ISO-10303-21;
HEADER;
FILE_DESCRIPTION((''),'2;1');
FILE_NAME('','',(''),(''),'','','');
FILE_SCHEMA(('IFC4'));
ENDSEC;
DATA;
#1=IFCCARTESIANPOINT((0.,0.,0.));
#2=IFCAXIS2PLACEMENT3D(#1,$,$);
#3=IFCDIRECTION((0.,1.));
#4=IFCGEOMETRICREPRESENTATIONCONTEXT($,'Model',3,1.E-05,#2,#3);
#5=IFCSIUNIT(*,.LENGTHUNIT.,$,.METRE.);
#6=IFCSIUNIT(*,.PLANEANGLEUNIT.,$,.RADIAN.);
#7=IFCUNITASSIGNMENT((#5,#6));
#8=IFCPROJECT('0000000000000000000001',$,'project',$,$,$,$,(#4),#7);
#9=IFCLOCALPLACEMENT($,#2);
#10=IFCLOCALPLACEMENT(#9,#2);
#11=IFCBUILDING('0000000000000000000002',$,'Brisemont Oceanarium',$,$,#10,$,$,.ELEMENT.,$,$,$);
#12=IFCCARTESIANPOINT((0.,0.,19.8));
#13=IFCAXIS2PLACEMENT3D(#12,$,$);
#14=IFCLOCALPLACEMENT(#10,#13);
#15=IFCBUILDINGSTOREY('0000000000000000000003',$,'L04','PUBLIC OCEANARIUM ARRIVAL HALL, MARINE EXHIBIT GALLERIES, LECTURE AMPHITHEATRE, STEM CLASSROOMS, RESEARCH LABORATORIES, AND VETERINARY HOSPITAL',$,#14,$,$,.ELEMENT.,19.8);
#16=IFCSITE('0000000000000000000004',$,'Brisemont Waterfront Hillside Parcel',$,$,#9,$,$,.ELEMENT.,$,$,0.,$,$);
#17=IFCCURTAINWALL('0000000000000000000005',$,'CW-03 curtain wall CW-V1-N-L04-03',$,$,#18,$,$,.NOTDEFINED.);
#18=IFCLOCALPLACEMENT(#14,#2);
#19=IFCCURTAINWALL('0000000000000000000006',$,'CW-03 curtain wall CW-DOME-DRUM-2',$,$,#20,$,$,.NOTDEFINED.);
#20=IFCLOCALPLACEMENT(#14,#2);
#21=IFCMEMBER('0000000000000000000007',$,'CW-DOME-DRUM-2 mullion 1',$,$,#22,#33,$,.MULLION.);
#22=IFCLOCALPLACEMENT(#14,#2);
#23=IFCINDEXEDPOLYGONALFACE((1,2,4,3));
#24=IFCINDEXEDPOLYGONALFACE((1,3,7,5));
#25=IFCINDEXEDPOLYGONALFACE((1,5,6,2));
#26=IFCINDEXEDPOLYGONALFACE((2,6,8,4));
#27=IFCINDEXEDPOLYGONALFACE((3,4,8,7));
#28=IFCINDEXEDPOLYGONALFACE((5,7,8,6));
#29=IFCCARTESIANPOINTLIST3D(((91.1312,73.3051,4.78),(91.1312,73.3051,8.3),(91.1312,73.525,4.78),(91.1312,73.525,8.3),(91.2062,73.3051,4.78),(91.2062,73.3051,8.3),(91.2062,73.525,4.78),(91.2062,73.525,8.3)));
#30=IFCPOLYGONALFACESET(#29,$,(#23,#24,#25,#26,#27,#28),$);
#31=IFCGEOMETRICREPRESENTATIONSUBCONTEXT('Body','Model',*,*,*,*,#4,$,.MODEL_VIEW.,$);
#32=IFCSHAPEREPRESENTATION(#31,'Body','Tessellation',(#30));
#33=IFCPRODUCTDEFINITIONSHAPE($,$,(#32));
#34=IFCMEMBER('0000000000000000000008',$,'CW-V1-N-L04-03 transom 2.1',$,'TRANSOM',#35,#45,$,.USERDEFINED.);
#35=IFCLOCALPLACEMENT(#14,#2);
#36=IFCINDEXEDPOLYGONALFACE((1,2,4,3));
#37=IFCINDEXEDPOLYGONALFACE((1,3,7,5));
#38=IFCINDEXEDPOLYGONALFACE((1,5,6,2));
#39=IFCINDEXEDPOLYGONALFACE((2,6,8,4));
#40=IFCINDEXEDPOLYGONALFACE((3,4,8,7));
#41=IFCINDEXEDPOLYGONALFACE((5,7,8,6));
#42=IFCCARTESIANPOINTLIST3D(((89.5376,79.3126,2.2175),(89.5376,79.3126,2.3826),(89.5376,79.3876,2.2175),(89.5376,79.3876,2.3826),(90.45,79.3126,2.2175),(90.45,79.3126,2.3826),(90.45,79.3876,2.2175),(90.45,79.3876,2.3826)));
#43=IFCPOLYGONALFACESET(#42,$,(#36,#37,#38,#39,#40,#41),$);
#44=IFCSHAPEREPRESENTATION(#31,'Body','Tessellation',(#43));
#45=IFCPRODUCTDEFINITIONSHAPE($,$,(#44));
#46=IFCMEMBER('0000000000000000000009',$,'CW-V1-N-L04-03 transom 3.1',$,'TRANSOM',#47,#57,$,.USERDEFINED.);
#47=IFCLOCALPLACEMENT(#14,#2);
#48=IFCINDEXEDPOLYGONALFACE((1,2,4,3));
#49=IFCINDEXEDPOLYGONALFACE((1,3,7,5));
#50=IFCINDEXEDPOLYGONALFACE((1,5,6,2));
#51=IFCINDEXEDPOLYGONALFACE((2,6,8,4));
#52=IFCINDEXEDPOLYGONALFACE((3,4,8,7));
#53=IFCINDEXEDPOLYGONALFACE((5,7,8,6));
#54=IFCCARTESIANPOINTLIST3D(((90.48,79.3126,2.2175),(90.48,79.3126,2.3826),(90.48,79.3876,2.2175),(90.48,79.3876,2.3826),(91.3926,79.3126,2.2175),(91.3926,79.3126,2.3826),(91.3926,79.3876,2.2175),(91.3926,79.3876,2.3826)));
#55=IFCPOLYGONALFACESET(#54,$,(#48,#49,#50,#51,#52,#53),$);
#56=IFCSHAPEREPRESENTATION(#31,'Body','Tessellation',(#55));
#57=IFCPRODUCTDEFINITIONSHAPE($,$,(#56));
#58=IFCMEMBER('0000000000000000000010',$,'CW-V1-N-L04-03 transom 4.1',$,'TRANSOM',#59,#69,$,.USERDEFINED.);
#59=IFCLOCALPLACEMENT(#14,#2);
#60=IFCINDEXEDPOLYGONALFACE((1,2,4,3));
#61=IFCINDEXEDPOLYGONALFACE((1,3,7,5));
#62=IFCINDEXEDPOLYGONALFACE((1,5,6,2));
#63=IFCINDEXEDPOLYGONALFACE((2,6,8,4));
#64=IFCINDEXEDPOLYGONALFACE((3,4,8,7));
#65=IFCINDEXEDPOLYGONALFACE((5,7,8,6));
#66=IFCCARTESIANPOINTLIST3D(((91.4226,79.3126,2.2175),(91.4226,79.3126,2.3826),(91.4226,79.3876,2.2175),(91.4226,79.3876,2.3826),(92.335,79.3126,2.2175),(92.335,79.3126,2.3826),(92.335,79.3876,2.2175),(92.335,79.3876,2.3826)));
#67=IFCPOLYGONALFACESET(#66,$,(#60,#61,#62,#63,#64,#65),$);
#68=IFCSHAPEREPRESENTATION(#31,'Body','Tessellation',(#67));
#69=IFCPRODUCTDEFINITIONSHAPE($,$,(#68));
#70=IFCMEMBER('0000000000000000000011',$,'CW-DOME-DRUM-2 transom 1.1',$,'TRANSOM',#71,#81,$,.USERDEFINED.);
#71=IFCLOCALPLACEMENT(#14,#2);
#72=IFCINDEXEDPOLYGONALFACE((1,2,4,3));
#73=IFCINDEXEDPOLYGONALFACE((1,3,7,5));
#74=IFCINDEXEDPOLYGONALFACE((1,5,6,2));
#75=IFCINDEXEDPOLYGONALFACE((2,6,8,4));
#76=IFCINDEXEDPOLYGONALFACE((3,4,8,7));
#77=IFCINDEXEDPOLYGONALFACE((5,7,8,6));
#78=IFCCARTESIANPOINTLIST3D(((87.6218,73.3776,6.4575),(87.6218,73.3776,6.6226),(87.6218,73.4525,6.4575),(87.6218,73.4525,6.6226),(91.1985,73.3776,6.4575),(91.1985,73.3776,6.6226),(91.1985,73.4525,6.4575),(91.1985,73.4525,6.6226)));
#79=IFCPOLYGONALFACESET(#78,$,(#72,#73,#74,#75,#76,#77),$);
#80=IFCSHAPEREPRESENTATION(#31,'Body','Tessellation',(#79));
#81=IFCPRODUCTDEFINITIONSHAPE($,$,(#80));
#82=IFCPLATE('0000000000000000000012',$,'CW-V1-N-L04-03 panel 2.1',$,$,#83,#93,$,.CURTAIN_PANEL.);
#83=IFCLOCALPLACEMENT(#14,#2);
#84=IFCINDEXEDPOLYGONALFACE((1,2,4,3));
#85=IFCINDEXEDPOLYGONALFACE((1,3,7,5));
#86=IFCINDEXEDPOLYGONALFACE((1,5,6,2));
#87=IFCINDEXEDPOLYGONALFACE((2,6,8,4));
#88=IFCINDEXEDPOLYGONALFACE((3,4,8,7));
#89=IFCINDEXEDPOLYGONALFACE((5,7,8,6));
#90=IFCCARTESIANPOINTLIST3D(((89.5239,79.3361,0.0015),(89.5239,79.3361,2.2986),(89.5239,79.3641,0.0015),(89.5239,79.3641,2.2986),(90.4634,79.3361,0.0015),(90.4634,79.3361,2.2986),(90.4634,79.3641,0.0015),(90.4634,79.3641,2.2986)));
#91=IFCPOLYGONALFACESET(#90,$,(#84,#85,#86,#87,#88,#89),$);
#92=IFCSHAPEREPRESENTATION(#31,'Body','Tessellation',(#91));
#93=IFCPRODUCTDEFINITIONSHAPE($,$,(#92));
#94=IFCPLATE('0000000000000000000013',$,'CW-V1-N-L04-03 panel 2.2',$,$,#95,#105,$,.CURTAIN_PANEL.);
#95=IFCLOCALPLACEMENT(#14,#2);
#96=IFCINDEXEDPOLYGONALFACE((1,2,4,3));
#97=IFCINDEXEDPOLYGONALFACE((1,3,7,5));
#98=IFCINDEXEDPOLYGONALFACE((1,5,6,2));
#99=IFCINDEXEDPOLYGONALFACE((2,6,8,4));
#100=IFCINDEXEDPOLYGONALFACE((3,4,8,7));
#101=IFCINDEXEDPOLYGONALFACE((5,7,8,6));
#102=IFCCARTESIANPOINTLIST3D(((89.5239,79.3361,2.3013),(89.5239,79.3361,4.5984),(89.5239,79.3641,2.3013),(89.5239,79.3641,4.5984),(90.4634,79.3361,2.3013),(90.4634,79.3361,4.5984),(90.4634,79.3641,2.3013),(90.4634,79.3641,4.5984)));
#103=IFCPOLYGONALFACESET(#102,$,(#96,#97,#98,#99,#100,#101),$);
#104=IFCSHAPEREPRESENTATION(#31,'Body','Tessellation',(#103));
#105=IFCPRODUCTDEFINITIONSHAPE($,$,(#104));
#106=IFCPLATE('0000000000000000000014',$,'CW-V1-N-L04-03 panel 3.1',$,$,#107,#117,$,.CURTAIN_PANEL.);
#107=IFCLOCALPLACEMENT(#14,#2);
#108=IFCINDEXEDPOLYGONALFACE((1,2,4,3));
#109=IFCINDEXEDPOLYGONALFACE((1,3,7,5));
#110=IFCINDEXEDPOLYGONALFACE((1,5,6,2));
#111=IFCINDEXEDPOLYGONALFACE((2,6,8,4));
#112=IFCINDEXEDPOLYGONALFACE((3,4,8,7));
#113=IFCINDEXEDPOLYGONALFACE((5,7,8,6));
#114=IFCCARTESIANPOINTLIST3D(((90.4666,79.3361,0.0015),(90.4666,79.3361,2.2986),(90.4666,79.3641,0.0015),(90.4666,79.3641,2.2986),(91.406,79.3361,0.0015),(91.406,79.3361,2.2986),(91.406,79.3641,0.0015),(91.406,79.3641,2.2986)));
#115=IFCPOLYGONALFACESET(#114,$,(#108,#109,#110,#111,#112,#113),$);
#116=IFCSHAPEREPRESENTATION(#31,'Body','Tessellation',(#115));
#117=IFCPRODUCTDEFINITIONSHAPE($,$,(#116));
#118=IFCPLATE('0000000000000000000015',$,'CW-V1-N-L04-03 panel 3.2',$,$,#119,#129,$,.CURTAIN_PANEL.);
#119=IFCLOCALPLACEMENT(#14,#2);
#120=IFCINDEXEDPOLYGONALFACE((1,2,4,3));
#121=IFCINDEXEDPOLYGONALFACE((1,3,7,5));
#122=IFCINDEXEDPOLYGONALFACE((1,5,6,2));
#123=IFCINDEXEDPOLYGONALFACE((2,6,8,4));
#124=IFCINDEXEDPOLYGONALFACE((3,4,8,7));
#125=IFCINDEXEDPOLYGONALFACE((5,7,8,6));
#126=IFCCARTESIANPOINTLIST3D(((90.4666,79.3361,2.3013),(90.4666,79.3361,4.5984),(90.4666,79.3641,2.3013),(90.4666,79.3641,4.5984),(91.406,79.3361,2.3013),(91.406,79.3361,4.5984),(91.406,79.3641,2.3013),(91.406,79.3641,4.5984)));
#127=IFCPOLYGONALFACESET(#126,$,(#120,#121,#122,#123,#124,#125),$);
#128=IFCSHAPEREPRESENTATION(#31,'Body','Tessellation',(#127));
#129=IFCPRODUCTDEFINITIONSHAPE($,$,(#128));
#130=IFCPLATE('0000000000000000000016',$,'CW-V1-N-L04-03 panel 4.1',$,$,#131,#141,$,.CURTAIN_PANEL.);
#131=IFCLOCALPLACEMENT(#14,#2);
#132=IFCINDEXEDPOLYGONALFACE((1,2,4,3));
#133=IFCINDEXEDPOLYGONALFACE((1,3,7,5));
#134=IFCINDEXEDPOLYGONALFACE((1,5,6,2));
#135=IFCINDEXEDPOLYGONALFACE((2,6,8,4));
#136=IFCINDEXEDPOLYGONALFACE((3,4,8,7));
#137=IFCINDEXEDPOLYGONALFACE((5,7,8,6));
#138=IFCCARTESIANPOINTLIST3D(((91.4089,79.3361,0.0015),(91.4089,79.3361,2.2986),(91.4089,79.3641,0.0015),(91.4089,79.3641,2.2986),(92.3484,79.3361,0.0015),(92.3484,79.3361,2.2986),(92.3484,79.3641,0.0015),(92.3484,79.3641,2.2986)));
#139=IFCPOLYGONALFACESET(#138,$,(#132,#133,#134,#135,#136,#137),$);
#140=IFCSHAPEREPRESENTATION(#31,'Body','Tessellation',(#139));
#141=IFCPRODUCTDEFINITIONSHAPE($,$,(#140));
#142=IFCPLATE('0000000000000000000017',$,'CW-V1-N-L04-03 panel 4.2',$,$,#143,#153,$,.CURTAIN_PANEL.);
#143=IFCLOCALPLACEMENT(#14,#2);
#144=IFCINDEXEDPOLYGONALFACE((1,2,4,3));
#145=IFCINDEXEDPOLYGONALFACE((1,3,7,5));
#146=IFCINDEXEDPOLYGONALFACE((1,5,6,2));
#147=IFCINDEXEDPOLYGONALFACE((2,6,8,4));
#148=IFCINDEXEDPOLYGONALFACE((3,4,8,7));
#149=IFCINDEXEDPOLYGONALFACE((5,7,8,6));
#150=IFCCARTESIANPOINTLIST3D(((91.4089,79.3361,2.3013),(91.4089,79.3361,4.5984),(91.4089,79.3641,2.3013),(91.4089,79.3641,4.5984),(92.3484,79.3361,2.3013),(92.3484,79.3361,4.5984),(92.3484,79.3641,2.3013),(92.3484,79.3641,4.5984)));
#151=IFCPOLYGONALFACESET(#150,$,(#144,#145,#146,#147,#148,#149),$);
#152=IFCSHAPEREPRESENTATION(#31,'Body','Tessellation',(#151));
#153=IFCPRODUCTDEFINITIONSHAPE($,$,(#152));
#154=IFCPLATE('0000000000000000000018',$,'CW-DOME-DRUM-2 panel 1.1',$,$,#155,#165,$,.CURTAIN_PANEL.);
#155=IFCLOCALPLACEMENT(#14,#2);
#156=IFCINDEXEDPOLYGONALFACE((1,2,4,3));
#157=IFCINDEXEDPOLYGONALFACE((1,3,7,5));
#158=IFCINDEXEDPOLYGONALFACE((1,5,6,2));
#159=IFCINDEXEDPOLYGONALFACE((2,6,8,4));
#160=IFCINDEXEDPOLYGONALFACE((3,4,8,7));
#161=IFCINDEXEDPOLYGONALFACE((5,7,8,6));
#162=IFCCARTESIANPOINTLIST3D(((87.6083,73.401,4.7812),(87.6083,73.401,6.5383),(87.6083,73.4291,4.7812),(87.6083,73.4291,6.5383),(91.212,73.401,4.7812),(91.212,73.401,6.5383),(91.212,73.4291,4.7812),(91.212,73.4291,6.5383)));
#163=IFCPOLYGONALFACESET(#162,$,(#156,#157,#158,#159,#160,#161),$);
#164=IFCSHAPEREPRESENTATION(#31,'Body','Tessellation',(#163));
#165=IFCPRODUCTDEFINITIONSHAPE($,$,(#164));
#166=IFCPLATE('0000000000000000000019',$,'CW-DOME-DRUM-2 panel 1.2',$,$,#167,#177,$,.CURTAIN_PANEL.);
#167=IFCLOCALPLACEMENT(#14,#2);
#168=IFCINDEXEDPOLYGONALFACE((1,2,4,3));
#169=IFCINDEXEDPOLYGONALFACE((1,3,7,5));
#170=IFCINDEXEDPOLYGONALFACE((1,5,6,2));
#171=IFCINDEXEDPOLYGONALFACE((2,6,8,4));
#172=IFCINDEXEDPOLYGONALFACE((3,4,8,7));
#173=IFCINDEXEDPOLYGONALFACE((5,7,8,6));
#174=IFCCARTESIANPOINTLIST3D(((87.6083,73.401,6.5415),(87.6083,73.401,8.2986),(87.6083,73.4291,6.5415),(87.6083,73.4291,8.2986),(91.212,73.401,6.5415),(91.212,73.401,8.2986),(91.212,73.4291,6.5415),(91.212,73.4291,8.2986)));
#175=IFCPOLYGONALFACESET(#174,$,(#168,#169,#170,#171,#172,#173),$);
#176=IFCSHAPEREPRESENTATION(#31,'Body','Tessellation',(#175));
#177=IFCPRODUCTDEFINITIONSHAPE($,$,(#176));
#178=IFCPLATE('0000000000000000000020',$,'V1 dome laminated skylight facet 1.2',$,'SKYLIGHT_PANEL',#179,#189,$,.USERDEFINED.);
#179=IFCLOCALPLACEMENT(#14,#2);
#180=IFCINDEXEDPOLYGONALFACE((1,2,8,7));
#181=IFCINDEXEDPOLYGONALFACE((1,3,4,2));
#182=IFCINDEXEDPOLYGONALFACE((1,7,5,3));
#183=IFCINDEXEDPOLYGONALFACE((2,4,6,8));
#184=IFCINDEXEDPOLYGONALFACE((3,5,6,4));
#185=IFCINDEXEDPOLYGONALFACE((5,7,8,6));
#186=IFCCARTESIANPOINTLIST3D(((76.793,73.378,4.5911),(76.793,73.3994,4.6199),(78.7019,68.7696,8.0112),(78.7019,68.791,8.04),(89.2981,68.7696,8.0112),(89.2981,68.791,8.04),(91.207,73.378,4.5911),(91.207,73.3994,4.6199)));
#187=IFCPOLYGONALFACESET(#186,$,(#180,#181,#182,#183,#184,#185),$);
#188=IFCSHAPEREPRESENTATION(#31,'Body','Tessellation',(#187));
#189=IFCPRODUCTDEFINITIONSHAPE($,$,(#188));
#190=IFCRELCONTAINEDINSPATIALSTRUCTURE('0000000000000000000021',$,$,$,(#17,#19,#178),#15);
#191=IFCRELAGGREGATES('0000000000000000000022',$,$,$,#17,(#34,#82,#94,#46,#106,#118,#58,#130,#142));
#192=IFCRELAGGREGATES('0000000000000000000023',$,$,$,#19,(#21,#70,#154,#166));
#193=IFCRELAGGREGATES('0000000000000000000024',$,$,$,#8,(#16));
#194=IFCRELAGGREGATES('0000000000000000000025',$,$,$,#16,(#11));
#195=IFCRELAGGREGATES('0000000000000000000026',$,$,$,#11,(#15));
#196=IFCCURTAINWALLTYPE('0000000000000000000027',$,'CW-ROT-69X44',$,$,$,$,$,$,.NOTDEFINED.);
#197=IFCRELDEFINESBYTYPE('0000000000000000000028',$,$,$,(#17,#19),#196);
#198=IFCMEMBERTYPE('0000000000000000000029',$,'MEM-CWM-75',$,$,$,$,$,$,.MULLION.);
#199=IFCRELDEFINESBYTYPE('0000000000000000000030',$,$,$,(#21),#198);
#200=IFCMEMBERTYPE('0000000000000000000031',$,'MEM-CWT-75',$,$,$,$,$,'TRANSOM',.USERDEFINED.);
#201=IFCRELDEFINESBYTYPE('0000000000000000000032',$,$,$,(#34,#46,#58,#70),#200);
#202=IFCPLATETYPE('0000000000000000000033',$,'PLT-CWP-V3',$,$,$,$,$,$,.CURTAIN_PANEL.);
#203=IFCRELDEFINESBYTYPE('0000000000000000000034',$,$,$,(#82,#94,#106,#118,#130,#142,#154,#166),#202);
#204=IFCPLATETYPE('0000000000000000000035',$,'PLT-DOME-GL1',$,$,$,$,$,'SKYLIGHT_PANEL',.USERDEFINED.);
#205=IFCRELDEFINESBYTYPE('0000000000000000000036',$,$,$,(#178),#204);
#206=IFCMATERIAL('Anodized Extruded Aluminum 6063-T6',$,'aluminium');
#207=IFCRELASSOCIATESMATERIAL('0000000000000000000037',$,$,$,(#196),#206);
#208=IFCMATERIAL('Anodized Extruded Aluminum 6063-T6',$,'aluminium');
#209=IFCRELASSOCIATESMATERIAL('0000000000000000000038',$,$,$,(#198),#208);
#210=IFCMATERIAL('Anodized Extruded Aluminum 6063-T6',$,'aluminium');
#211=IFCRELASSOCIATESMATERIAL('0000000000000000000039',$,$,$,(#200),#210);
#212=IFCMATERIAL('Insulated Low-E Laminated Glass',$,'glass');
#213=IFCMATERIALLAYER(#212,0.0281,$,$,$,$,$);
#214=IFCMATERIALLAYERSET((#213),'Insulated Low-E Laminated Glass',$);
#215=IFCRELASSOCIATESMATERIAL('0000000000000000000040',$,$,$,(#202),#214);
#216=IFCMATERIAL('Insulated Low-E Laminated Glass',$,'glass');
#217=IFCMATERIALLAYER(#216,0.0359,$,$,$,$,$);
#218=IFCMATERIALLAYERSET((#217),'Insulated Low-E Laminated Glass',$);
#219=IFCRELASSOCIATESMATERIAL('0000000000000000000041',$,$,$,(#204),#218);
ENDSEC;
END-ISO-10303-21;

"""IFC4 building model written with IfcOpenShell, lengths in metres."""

from ifc_helpers import new_model, si_unit, direction, frame, origin, origin_2d, place, context, subcontext, project, spatial, polyline, rectangle, outline, extrude, material, layer, layer_set, material_profile, profile_set, type_object, element, aggregate, save


model = new_model("IFC4")

# Units and contexts
model_context = context("Model", 3, precision=1e-05, world=origin(), true_north=direction((0.0, 1.0)))
body_context = subcontext(model_context, "Body", "Model", "MODEL_VIEW")
ifc_project = project(units=[si_unit("LENGTHUNIT", "METRE"), si_unit("PLANEANGLEUNIT", "RADIAN")], contexts=[model_context])

# Site, building, storey
site_placement = place(None, origin())
site = spatial("IfcSite", under=ifc_project, at=site_placement, Name="Brisemont Waterfront Hillside Parcel", CompositionType="ELEMENT", RefElevation=0.0)
building_placement = place(site_placement, origin())
building = spatial("IfcBuilding", under=site, at=building_placement, Name="Brisemont Oceanarium", CompositionType="ELEMENT")
storey_placement = place(building_placement, frame((0.0, 0.0, 19.8)))
storey = spatial("IfcBuildingStorey", under=building, at=storey_placement, Name="L04", Description="PUBLIC OCEANARIUM ARRIVAL HALL, MARINE EXHIBIT GALLERIES, LECTURE AMPHITHEATRE, STEM CLASSROOMS, RESEARCH LABORATORIES, AND VETERINARY HOSPITAL", CompositionType="ELEMENT", Elevation=19.8)

# Curtain wall
ifc_material_1 = material(Name="Anodized Extruded Aluminum 6063-T6", Category="aluminium")
curtain_wall_type = type_object("IfcCurtainWallType", Name="CW-ROT-69X44", PredefinedType="NOTDEFINED", material=ifc_material_1)
curtain_wall_1_placement = place(storey_placement, origin())
curtain_wall_1 = element("IfcCurtainWall", 1, at=curtain_wall_1_placement, inside=storey, type_object=curtain_wall_type, Name="CW-03 curtain wall CW-V1-N-L04-03", PredefinedType="NOTDEFINED")
ifc_material_2 = material(Name="Anodized Extruded Aluminum 6063-T6", Category="aluminium")
ifc_material_profile_1 = material_profile(ifc_material_2, rectangle(XDim=0.075, YDim=0.22, at=origin_2d()), Name="CWM-75X220")
ifc_profile_set_1 = profile_set([ifc_material_profile_1], Name="Anodized Extruded Aluminum 6063-T6")
member_type_1 = type_object("IfcMemberType", Name="MEM-CWM-75", PredefinedType="MULLION", material=ifc_profile_set_1)

# Curtain wall, member
curtain_wall_2_placement = place(storey_placement, origin())
curtain_wall_2 = element("IfcCurtainWall", 2, at=curtain_wall_2_placement, inside=storey, type_object=curtain_wall_type, Name="CW-03 curtain wall CW-DOME-DRUM-2", PredefinedType="NOTDEFINED")
member_1_placement = place(storey_placement, frame((91.1687, 73.415, 4.78), z_axis=(0.0, 0.0, 1.0), x_axis=(-1.0, 0.0, 0.0)))
member_1 = element("IfcMember", 3, at=member_1_placement, type_object=member_type_1, Name="CW-DOME-DRUM-2 mullion 1", PredefinedType="MULLION", context=body_context, shape_type="SweptSolid", body=[
    extrude(rectangle(XDim=0.075, YDim=0.22, at=origin_2d()), origin(), (0.0, 0.0, 1.0), 3.52),
])

# Members
ifc_material_3 = material(Name="Anodized Extruded Aluminum 6063-T6", Category="aluminium")
ifc_material_profile_2 = material_profile(ifc_material_3, rectangle(XDim=0.075, YDim=0.165, at=origin_2d()), Name="CWT-75X165")
ifc_profile_set_2 = profile_set([ifc_material_profile_2], Name="Anodized Extruded Aluminum 6063-T6")
member_type_2 = type_object("IfcMemberType", Name="MEM-CWT-75", ElementType="TRANSOM", PredefinedType="USERDEFINED", material=ifc_profile_set_2)
member_2_placement = place(storey_placement, frame((89.5376, 79.3501, 2.3), z_axis=(1.0, 0.0, 0.0), x_axis=(0.0, 1.0, 0.0)))
member_2 = element("IfcMember", 4, at=member_2_placement, type_object=member_type_2, Name="CW-V1-N-L04-03 transom 2.1", ObjectType="TRANSOM", PredefinedType="USERDEFINED", context=body_context, shape_type="SweptSolid", body=[
    extrude(rectangle(XDim=0.075, YDim=0.165, at=origin_2d()), origin(), (0.0, 0.0, 1.0), 0.9124),
])
member_3_placement = place(storey_placement, frame((90.48, 79.3501, 2.3), z_axis=(1.0, 0.0, 0.0), x_axis=(0.0, 1.0, 0.0)))
member_3 = element("IfcMember", 5, at=member_3_placement, type_object=member_type_2, Name="CW-V1-N-L04-03 transom 3.1", ObjectType="TRANSOM", PredefinedType="USERDEFINED", context=body_context, shape_type="SweptSolid", body=[
    extrude(rectangle(XDim=0.075, YDim=0.165, at=origin_2d()), origin(), (0.0, 0.0, 1.0), 0.9126),
])
member_4_placement = place(storey_placement, frame((91.4226, 79.3501, 2.3), z_axis=(1.0, 0.0, 0.0), x_axis=(0.0, 1.0, 0.0)))
member_4 = element("IfcMember", 6, at=member_4_placement, type_object=member_type_2, Name="CW-V1-N-L04-03 transom 4.1", ObjectType="TRANSOM", PredefinedType="USERDEFINED", context=body_context, shape_type="SweptSolid", body=[
    extrude(rectangle(XDim=0.075, YDim=0.165, at=origin_2d()), origin(), (0.0, 0.0, 1.0), 0.9124),
])
member_5_placement = place(storey_placement, frame((91.1985, 73.415, 6.54), z_axis=(-1.0, 0.0, 0.0), x_axis=(0.0, -1.0, 0.0)))
member_5 = element("IfcMember", 7, at=member_5_placement, type_object=member_type_2, Name="CW-DOME-DRUM-2 transom 1.1", ObjectType="TRANSOM", PredefinedType="USERDEFINED", context=body_context, shape_type="SweptSolid", body=[
    extrude(rectangle(XDim=0.075, YDim=0.165, at=origin_2d()), origin(), (0.0, 0.0, 1.0), 3.5767),
])

# Plates
ifc_material_4 = material(Name="Insulated Low-E Laminated Glass", Category="glass")
ifc_layer_1 = layer(ifc_material_4, 0.0281)
ifc_layer_set_1 = layer_set([ifc_layer_1], Name="Insulated Low-E Laminated Glass")
plate_type_1 = type_object("IfcPlateType", Name="PLT-CWP-V3", PredefinedType="CURTAIN_PANEL", material=ifc_layer_set_1)
plate_1_placement = place(storey_placement, frame((89.9937, 79.3501, 0.0015), z_axis=(0.0, 0.0, 1.0), x_axis=(1.0, 0.0, 0.0)))
plate_1 = element("IfcPlate", 8, at=plate_1_placement, type_object=plate_type_1, Name="CW-V1-N-L04-03 panel 2.1", PredefinedType="CURTAIN_PANEL", context=body_context, shape_type="SweptSolid", body=[
    extrude(rectangle(XDim=0.9395, YDim=0.0281, at=origin_2d()), origin(), (0.0, 0.0, 1.0), 2.2971),
])
plate_2_placement = place(storey_placement, frame((89.9937, 79.3501, 2.3013), z_axis=(0.0, 0.0, 1.0), x_axis=(1.0, 0.0, 0.0)))
plate_2 = element("IfcPlate", 9, at=plate_2_placement, type_object=plate_type_1, Name="CW-V1-N-L04-03 panel 2.2", PredefinedType="CURTAIN_PANEL", context=body_context, shape_type="SweptSolid", body=[
    extrude(rectangle(XDim=0.9395, YDim=0.0281, at=origin_2d()), origin(), (0.0, 0.0, 1.0), 2.2971),
])
plate_3_placement = place(storey_placement, frame((90.9363, 79.3501, 0.0015), z_axis=(0.0, 0.0, 1.0), x_axis=(1.0, 0.0, 0.0)))
plate_3 = element("IfcPlate", 10, at=plate_3_placement, type_object=plate_type_1, Name="CW-V1-N-L04-03 panel 3.1", PredefinedType="CURTAIN_PANEL", context=body_context, shape_type="SweptSolid", body=[
    extrude(rectangle(XDim=0.9395, YDim=0.0281, at=origin_2d()), origin(), (0.0, 0.0, 1.0), 2.2971),
])
plate_4_placement = place(storey_placement, frame((90.9363, 79.3501, 2.3013), z_axis=(0.0, 0.0, 1.0), x_axis=(1.0, 0.0, 0.0)))
plate_4 = element("IfcPlate", 11, at=plate_4_placement, type_object=plate_type_1, Name="CW-V1-N-L04-03 panel 3.2", PredefinedType="CURTAIN_PANEL", context=body_context, shape_type="SweptSolid", body=[
    extrude(rectangle(XDim=0.9395, YDim=0.0281, at=origin_2d()), origin(), (0.0, 0.0, 1.0), 2.2971),
])
plate_5_placement = place(storey_placement, frame((91.8787, 79.3501, 0.0015), z_axis=(0.0, 0.0, 1.0), x_axis=(1.0, 0.0, 0.0)))
plate_5 = element("IfcPlate", 12, at=plate_5_placement, type_object=plate_type_1, Name="CW-V1-N-L04-03 panel 4.1", PredefinedType="CURTAIN_PANEL", context=body_context, shape_type="SweptSolid", body=[
    extrude(rectangle(XDim=0.9395, YDim=0.0281, at=origin_2d()), origin(), (0.0, 0.0, 1.0), 2.2971),
])
plate_6_placement = place(storey_placement, frame((91.8787, 79.3501, 2.3013), z_axis=(0.0, 0.0, 1.0), x_axis=(1.0, 0.0, 0.0)))
plate_6 = element("IfcPlate", 13, at=plate_6_placement, type_object=plate_type_1, Name="CW-V1-N-L04-03 panel 4.2", PredefinedType="CURTAIN_PANEL", context=body_context, shape_type="SweptSolid", body=[
    extrude(rectangle(XDim=0.9395, YDim=0.0281, at=origin_2d()), origin(), (0.0, 0.0, 1.0), 2.2971),
])
aggregate(curtain_wall_1, [member_2, plate_1, plate_2, member_3, plate_3, plate_4, member_4, plate_5, plate_6])
plate_7_placement = place(storey_placement, frame((89.4102, 73.415, 4.7812), z_axis=(0.0, 0.0, 1.0), x_axis=(-1.0, 0.0, 0.0)))
plate_7 = element("IfcPlate", 14, at=plate_7_placement, type_object=plate_type_1, Name="CW-DOME-DRUM-2 panel 1.1", PredefinedType="CURTAIN_PANEL", context=body_context, shape_type="SweptSolid", body=[
    extrude(rectangle(XDim=3.6038, YDim=0.0281, at=origin_2d()), origin(), (0.0, 0.0, 1.0), 1.7571),
])
plate_8_placement = place(storey_placement, frame((89.4102, 73.415, 6.5415), z_axis=(0.0, 0.0, 1.0), x_axis=(-1.0, 0.0, 0.0)))
plate_8 = element("IfcPlate", 15, at=plate_8_placement, type_object=plate_type_1, Name="CW-DOME-DRUM-2 panel 1.2", PredefinedType="CURTAIN_PANEL", context=body_context, shape_type="SweptSolid", body=[
    extrude(rectangle(XDim=3.6038, YDim=0.0281, at=origin_2d()), origin(), (0.0, 0.0, 1.0), 1.7571),
])
aggregate(curtain_wall_2, [member_1, member_5, plate_7, plate_8])

# Plate
ifc_material_5 = material(Name="Insulated Low-E Laminated Glass", Category="glass")
ifc_layer_2 = layer(ifc_material_5, 0.0359)
ifc_layer_set_2 = layer_set([ifc_layer_2], Name="Insulated Low-E Laminated Glass")
plate_type_2 = type_object("IfcPlateType", Name="PLT-DOME-GL1", ElementType="SKYLIGHT_PANEL", PredefinedType="USERDEFINED", material=ifc_layer_set_2)
plate_9_placement = place(storey_placement, frame((91.207, 73.3994, 4.6199), z_axis=(0.0, 0.595963, 0.803012), x_axis=(-1.0, 0.0, 0.0)))
element("IfcPlate", 16, at=plate_9_placement, inside=storey, type_object=plate_type_2, Name="V1 dome laminated skylight facet 1.2", ObjectType="SKYLIGHT_PANEL", PredefinedType="USERDEFINED", context=body_context, shape_type="SweptSolid", body=[
    extrude(outline(polyline([(0.0, 0.0), (14.4141, 0.0), (12.5051, 5.7389), (1.9089, 5.7389), (0.0, 0.0)])), origin(), (0.0, 0.0, -1.0), 0.0359),
])

save(model, "model.ifc")
